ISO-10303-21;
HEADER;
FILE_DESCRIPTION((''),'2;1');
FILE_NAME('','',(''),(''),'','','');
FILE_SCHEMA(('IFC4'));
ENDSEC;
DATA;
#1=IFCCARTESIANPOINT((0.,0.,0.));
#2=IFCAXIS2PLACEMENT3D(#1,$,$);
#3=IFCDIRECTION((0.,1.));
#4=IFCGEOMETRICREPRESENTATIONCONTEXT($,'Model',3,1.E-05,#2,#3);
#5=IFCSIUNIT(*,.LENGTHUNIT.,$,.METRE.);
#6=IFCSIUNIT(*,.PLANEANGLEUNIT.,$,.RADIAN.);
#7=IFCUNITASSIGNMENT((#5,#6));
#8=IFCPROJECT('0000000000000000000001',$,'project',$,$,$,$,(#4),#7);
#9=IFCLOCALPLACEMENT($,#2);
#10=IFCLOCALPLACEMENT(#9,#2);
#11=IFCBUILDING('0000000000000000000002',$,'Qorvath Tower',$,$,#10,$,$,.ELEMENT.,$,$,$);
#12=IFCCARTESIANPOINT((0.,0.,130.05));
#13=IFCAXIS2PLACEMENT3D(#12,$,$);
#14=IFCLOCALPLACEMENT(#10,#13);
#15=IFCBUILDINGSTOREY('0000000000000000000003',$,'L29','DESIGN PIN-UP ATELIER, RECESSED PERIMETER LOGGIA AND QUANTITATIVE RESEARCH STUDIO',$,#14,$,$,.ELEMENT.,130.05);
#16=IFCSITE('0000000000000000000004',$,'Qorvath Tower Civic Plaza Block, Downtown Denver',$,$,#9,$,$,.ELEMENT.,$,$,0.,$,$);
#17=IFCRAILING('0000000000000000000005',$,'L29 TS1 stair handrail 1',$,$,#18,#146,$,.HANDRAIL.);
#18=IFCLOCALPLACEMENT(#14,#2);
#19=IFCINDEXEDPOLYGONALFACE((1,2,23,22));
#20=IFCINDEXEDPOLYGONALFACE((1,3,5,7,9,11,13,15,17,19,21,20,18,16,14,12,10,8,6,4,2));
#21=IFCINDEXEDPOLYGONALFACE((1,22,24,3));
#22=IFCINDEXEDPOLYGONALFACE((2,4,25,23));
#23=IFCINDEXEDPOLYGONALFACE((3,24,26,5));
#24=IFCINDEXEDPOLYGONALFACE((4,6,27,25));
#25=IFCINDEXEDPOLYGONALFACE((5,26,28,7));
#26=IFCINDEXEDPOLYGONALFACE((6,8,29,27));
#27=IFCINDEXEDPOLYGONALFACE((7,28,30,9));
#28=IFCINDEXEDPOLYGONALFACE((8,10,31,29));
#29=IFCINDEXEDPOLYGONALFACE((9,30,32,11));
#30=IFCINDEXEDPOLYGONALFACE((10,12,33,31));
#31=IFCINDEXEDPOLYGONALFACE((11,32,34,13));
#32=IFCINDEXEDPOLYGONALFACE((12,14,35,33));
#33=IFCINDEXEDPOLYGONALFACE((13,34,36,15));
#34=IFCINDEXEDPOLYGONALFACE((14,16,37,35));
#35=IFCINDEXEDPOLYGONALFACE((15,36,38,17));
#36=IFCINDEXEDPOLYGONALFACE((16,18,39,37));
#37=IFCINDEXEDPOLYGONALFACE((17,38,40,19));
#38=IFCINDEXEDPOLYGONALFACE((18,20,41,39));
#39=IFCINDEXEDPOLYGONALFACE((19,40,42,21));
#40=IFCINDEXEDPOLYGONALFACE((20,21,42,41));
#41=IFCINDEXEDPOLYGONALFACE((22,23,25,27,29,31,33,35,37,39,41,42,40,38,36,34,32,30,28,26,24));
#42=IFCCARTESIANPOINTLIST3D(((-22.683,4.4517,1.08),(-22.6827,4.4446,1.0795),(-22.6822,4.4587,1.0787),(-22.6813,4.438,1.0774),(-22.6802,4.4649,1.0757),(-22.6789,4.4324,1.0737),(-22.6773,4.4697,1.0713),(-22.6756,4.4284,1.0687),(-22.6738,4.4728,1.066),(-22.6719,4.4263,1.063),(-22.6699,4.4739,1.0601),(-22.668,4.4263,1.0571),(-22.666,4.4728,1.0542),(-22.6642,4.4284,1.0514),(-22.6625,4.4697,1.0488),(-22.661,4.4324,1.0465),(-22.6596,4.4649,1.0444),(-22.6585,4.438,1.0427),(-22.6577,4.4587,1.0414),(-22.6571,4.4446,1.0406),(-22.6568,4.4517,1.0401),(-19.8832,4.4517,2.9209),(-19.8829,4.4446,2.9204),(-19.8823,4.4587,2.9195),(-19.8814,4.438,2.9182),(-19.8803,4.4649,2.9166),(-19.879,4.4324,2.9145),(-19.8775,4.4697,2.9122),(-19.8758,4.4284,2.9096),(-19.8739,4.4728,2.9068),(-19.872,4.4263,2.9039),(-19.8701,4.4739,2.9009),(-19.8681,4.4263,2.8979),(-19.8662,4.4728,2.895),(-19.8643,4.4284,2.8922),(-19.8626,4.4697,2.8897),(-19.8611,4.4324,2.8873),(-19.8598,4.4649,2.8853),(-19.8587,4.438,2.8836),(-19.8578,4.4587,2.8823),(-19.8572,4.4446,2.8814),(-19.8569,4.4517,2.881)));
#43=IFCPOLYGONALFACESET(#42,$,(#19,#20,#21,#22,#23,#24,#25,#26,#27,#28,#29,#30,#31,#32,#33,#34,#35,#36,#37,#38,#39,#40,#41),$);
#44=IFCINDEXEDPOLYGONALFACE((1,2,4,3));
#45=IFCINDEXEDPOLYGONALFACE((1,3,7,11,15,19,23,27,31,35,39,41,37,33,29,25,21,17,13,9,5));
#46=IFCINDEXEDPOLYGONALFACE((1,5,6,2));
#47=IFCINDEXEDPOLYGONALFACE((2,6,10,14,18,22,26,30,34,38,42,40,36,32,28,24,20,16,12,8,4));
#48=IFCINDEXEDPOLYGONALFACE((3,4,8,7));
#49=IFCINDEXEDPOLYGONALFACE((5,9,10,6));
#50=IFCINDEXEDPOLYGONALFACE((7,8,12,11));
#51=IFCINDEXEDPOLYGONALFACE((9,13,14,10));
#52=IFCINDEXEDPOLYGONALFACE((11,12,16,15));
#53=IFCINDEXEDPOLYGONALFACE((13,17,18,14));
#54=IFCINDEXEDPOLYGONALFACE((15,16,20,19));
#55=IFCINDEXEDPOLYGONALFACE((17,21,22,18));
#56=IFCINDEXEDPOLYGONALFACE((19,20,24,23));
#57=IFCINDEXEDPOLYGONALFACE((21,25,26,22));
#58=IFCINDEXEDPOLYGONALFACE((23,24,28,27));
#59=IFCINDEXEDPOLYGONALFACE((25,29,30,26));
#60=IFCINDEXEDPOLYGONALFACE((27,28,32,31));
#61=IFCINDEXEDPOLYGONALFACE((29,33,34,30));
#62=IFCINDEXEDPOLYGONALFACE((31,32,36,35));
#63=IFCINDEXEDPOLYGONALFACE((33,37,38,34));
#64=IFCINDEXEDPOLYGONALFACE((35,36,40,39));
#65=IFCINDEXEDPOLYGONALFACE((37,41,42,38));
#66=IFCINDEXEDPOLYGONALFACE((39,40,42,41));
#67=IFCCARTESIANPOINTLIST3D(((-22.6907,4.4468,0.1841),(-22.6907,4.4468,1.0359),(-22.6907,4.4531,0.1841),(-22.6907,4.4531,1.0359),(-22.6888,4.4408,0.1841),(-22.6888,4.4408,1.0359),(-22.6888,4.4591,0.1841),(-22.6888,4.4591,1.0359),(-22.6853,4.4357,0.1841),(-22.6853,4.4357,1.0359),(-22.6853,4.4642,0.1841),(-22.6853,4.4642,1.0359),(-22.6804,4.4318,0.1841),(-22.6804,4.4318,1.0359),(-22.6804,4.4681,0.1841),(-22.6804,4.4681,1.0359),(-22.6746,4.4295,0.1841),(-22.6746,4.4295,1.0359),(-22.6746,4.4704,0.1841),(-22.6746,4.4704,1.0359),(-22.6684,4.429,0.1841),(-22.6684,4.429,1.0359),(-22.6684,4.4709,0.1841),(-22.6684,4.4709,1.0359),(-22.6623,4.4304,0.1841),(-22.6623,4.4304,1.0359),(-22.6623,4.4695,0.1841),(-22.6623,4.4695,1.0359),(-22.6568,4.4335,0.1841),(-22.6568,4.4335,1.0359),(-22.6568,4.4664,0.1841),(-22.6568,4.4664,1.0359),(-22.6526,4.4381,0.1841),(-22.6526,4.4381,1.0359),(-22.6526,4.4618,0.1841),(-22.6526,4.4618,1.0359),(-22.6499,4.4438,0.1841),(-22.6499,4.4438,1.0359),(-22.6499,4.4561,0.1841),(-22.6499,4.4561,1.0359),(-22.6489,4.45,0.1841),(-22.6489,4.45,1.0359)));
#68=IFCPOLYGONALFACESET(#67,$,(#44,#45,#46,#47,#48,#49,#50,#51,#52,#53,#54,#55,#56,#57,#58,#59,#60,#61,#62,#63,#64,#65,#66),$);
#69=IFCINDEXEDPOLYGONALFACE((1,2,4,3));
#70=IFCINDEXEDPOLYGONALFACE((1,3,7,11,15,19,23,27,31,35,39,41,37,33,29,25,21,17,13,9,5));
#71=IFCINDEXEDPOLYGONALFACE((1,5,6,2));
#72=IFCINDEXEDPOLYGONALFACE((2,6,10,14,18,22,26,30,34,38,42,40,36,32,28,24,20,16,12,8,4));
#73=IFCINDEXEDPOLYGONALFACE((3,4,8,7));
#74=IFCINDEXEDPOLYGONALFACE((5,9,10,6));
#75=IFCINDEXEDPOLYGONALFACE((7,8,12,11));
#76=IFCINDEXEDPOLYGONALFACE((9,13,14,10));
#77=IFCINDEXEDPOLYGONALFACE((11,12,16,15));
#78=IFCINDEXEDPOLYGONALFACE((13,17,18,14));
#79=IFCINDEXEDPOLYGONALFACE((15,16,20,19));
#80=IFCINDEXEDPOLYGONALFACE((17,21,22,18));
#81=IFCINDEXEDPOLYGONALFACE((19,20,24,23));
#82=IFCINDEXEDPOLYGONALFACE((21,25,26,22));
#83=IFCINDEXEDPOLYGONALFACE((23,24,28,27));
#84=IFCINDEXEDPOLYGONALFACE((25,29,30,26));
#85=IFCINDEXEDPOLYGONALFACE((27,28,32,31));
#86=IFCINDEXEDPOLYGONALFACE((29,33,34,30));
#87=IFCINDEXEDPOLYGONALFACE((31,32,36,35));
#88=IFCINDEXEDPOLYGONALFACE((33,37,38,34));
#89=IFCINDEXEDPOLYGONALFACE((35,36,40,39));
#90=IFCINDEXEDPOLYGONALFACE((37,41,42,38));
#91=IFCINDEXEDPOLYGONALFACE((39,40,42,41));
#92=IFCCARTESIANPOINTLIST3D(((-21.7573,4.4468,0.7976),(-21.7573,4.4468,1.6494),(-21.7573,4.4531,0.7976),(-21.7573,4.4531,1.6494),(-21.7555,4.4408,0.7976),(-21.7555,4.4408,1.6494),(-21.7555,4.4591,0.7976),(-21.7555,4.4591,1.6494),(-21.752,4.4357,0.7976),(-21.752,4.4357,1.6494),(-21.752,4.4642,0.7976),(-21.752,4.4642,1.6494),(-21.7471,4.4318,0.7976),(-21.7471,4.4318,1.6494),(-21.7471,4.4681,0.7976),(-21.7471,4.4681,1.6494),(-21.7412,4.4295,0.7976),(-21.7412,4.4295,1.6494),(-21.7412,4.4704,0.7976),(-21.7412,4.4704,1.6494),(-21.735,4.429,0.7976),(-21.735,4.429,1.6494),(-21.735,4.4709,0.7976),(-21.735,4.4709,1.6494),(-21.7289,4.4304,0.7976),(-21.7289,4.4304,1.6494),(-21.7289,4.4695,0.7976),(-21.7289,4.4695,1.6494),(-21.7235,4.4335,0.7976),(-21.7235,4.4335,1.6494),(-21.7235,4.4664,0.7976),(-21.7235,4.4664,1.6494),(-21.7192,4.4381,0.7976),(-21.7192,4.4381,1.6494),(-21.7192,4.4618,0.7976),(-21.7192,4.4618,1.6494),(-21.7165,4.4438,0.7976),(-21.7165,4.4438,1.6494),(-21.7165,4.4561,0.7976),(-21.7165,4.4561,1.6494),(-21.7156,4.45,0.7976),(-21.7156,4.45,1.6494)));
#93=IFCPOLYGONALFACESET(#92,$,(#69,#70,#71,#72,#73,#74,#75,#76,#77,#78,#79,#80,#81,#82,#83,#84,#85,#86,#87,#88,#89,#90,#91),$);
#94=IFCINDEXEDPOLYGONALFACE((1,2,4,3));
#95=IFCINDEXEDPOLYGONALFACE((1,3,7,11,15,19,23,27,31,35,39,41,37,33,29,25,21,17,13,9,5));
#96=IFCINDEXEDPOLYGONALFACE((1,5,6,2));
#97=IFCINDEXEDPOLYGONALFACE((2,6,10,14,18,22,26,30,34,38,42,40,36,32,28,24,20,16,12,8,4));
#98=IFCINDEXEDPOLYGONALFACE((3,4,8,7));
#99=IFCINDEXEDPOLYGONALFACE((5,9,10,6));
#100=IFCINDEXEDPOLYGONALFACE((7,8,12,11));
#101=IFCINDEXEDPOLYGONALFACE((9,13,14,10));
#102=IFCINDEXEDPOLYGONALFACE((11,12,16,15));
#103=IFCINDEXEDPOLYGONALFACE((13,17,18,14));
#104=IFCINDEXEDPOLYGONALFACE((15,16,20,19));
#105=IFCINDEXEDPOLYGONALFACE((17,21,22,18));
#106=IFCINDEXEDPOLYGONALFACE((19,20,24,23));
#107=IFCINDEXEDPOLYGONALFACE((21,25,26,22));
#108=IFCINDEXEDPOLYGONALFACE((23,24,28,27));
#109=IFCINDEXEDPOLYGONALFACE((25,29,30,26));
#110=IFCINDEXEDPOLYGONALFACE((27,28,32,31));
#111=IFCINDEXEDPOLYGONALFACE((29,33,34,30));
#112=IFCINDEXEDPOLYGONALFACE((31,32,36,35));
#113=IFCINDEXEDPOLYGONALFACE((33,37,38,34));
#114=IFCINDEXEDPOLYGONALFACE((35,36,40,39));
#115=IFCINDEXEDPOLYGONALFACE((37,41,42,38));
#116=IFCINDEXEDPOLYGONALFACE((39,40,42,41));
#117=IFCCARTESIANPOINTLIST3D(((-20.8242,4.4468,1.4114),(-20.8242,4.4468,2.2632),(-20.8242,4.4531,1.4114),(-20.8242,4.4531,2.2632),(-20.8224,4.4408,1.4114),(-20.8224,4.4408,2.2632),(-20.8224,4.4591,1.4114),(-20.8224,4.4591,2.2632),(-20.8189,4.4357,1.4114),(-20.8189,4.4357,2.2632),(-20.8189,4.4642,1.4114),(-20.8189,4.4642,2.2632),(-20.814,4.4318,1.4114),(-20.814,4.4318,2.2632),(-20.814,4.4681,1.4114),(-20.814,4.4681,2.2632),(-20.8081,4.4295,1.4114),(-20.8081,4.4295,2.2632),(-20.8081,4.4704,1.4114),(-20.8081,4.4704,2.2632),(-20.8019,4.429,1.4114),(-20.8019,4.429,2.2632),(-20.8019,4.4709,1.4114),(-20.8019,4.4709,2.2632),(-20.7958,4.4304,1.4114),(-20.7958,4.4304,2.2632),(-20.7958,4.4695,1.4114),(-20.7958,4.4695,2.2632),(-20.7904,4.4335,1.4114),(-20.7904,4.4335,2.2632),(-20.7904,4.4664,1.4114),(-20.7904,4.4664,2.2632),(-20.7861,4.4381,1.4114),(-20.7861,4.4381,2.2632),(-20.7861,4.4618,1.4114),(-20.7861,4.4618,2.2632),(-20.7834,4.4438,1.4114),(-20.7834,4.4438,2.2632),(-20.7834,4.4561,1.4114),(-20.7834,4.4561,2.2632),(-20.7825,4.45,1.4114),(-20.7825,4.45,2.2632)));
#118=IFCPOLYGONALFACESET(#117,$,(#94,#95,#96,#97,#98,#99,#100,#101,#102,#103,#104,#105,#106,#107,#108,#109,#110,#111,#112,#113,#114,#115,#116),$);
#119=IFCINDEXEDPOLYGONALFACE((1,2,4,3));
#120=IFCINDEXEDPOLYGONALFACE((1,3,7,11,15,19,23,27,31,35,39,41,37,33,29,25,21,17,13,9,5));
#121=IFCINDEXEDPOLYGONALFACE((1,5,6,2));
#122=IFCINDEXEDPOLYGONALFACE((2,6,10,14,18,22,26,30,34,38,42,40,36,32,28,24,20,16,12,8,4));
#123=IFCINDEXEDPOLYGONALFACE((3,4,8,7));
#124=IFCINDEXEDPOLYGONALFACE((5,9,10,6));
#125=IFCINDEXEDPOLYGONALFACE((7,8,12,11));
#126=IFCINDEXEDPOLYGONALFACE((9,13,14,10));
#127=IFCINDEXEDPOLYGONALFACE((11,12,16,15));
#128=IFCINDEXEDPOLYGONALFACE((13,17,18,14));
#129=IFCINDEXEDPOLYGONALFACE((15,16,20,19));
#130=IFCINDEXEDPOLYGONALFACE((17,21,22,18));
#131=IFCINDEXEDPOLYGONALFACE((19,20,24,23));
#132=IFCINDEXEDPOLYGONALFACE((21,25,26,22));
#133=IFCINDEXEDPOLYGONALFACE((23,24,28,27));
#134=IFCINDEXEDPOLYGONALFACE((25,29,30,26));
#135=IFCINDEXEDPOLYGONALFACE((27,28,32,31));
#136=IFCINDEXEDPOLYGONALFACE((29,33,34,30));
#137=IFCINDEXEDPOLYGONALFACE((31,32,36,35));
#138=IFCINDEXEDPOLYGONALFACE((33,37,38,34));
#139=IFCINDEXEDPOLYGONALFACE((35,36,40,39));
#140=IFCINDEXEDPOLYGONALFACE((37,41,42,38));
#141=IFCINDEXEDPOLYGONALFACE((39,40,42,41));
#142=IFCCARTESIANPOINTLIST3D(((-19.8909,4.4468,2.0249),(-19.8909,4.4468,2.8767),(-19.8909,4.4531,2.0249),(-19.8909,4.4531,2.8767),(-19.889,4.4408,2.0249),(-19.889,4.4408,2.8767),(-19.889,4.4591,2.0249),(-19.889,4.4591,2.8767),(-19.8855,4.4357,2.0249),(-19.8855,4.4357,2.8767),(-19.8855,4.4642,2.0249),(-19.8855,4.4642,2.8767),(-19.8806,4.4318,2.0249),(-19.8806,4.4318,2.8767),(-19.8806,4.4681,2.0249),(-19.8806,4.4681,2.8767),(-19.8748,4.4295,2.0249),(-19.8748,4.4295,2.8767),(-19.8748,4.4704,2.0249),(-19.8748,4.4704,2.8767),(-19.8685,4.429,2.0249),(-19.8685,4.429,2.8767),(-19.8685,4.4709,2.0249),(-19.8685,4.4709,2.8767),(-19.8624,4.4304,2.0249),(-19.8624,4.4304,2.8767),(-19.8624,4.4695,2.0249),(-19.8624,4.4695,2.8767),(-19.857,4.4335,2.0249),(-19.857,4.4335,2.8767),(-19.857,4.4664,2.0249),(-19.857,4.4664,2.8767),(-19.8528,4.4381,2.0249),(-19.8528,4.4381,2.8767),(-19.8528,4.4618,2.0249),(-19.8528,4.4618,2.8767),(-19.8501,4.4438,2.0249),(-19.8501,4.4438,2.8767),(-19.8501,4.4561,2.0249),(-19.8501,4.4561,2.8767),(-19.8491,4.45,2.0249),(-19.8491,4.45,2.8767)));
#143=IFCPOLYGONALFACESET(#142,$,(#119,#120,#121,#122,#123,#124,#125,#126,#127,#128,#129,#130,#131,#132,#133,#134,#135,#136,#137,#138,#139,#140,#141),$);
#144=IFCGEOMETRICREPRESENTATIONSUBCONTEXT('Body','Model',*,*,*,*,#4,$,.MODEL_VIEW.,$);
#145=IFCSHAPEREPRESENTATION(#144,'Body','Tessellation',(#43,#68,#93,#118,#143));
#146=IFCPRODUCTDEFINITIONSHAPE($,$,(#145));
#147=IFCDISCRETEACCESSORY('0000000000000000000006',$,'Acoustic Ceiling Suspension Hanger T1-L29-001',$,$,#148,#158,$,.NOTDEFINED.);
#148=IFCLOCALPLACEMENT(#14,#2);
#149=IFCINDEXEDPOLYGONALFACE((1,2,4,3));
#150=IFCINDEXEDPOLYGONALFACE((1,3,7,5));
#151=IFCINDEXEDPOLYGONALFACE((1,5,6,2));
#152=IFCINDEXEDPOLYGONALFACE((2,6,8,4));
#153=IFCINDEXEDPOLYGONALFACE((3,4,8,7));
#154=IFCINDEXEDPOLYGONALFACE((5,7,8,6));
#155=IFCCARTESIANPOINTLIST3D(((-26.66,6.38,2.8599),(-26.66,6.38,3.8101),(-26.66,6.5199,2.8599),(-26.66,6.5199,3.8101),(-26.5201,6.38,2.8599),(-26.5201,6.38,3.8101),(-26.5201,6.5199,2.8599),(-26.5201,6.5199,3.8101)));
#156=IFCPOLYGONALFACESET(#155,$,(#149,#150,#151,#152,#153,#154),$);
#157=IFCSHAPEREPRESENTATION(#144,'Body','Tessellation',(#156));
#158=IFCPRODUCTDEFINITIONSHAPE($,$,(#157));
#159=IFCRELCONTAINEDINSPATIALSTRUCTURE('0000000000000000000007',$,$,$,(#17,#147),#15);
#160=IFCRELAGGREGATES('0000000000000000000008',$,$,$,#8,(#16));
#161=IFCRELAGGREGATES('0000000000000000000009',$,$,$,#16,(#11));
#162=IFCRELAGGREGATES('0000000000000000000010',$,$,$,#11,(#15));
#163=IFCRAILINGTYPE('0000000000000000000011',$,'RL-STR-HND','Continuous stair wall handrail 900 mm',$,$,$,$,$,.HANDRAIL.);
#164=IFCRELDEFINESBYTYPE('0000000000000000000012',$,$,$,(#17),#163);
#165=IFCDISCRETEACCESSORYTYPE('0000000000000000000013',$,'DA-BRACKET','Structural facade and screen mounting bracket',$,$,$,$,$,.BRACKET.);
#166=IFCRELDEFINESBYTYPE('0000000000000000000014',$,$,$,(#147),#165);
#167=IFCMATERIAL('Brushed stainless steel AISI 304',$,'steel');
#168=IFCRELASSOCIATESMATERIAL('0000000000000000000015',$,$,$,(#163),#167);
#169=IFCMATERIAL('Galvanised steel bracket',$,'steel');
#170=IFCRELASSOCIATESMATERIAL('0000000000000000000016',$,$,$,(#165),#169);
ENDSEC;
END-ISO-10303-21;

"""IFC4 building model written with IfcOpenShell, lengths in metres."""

from ifc_helpers import new_model, si_unit, direction, frame, origin, origin_2d, place, context, subcontext, project, spatial, rectangle, circle, extrude, material, type_object, element, save


model = new_model("IFC4")

# Units and contexts
model_context = context("Model", 3, precision=1e-05, world=origin(), true_north=direction((0.0, 1.0)))
body_context = subcontext(model_context, "Body", "Model", "MODEL_VIEW")
ifc_project = project(units=[si_unit("LENGTHUNIT", "METRE"), si_unit("PLANEANGLEUNIT", "RADIAN")], contexts=[model_context])

# Site, building, storey
site_placement = place(None, origin())
site = spatial("IfcSite", under=ifc_project, at=site_placement, Name="Qorvath Tower Civic Plaza Block, Downtown Denver", CompositionType="ELEMENT", RefElevation=0.0)
building_placement = place(site_placement, origin())
building = spatial("IfcBuilding", under=site, at=building_placement, Name="Qorvath Tower", CompositionType="ELEMENT")
storey_placement = place(building_placement, frame((0.0, 0.0, 130.05)))
storey = spatial("IfcBuildingStorey", under=building, at=storey_placement, Name="L29", Description="DESIGN PIN-UP ATELIER, RECESSED PERIMETER LOGGIA AND QUANTITATIVE RESEARCH STUDIO", CompositionType="ELEMENT", Elevation=130.05)

# Railing
ifc_material_1 = material(Name="Brushed stainless steel AISI 304", Category="steel")
railing_type_1 = type_object("IfcRailingType", Name="RL-STR-HND", Description="Continuous stair wall handrail 900 mm", PredefinedType="HANDRAIL", material=ifc_material_1)
railing_1_placement = place(storey_placement, frame((-22.6699, 4.45, 0.1841)))
element("IfcRailing", 1, at=railing_1_placement, inside=storey, type_object=railing_type_1, Name="L29 TS1 stair handrail 1", PredefinedType="HANDRAIL", context=body_context, shape_type="SweptSolid", body=[
    extrude(circle(Radius=0.0239, at=origin_2d()), frame((0.0, 0.0, 0.876), z_axis=(0.835576, 0.0, 0.549376), x_axis=(0.0, 1.0, 0.0)), (0.0, 0.0, 1.0), 3.3508),
    extrude(circle(Radius=0.021, at=origin_2d()), origin(), (0.0, 0.0, 1.0), 0.8518),
    extrude(circle(Radius=0.021, at=origin_2d()), frame((0.9333, 0.0, 0.6135)), (0.0, 0.0, 1.0), 0.8518),
    extrude(circle(Radius=0.021, at=origin_2d()), frame((1.8665, 0.0, 1.2273)), (0.0, 0.0, 1.0), 0.8518),
    extrude(circle(Radius=0.021, at=origin_2d()), frame((2.7998, 0.0, 1.8408)), (0.0, 0.0, 1.0), 0.8518),
])

# Discrete accessory
ifc_material_2 = material(Name="Galvanised steel bracket", Category="steel")
discrete_accessory_type = type_object("IfcDiscreteAccessoryType", Name="DA-BRACKET", Description="Structural facade and screen mounting bracket", PredefinedType="BRACKET", material=ifc_material_2)
discrete_accessory_placement = place(storey_placement, frame((-26.5901, 6.45, 2.8599), z_axis=(0.0, 0.0, 1.0), x_axis=(1.0, 0.0, 0.0)))
element("IfcDiscreteAccessory", 2, at=discrete_accessory_placement, inside=storey, type_object=discrete_accessory_type, Name="Acoustic Ceiling Suspension Hanger T1-L29-001", PredefinedType="NOTDEFINED", context=body_context, shape_type="SweptSolid", body=[
    extrude(rectangle(XDim=0.1399, YDim=0.1399, at=origin_2d()), origin(), (0.0, 0.0, 1.0), 0.9502),
])

save(model, "model.ifc")
